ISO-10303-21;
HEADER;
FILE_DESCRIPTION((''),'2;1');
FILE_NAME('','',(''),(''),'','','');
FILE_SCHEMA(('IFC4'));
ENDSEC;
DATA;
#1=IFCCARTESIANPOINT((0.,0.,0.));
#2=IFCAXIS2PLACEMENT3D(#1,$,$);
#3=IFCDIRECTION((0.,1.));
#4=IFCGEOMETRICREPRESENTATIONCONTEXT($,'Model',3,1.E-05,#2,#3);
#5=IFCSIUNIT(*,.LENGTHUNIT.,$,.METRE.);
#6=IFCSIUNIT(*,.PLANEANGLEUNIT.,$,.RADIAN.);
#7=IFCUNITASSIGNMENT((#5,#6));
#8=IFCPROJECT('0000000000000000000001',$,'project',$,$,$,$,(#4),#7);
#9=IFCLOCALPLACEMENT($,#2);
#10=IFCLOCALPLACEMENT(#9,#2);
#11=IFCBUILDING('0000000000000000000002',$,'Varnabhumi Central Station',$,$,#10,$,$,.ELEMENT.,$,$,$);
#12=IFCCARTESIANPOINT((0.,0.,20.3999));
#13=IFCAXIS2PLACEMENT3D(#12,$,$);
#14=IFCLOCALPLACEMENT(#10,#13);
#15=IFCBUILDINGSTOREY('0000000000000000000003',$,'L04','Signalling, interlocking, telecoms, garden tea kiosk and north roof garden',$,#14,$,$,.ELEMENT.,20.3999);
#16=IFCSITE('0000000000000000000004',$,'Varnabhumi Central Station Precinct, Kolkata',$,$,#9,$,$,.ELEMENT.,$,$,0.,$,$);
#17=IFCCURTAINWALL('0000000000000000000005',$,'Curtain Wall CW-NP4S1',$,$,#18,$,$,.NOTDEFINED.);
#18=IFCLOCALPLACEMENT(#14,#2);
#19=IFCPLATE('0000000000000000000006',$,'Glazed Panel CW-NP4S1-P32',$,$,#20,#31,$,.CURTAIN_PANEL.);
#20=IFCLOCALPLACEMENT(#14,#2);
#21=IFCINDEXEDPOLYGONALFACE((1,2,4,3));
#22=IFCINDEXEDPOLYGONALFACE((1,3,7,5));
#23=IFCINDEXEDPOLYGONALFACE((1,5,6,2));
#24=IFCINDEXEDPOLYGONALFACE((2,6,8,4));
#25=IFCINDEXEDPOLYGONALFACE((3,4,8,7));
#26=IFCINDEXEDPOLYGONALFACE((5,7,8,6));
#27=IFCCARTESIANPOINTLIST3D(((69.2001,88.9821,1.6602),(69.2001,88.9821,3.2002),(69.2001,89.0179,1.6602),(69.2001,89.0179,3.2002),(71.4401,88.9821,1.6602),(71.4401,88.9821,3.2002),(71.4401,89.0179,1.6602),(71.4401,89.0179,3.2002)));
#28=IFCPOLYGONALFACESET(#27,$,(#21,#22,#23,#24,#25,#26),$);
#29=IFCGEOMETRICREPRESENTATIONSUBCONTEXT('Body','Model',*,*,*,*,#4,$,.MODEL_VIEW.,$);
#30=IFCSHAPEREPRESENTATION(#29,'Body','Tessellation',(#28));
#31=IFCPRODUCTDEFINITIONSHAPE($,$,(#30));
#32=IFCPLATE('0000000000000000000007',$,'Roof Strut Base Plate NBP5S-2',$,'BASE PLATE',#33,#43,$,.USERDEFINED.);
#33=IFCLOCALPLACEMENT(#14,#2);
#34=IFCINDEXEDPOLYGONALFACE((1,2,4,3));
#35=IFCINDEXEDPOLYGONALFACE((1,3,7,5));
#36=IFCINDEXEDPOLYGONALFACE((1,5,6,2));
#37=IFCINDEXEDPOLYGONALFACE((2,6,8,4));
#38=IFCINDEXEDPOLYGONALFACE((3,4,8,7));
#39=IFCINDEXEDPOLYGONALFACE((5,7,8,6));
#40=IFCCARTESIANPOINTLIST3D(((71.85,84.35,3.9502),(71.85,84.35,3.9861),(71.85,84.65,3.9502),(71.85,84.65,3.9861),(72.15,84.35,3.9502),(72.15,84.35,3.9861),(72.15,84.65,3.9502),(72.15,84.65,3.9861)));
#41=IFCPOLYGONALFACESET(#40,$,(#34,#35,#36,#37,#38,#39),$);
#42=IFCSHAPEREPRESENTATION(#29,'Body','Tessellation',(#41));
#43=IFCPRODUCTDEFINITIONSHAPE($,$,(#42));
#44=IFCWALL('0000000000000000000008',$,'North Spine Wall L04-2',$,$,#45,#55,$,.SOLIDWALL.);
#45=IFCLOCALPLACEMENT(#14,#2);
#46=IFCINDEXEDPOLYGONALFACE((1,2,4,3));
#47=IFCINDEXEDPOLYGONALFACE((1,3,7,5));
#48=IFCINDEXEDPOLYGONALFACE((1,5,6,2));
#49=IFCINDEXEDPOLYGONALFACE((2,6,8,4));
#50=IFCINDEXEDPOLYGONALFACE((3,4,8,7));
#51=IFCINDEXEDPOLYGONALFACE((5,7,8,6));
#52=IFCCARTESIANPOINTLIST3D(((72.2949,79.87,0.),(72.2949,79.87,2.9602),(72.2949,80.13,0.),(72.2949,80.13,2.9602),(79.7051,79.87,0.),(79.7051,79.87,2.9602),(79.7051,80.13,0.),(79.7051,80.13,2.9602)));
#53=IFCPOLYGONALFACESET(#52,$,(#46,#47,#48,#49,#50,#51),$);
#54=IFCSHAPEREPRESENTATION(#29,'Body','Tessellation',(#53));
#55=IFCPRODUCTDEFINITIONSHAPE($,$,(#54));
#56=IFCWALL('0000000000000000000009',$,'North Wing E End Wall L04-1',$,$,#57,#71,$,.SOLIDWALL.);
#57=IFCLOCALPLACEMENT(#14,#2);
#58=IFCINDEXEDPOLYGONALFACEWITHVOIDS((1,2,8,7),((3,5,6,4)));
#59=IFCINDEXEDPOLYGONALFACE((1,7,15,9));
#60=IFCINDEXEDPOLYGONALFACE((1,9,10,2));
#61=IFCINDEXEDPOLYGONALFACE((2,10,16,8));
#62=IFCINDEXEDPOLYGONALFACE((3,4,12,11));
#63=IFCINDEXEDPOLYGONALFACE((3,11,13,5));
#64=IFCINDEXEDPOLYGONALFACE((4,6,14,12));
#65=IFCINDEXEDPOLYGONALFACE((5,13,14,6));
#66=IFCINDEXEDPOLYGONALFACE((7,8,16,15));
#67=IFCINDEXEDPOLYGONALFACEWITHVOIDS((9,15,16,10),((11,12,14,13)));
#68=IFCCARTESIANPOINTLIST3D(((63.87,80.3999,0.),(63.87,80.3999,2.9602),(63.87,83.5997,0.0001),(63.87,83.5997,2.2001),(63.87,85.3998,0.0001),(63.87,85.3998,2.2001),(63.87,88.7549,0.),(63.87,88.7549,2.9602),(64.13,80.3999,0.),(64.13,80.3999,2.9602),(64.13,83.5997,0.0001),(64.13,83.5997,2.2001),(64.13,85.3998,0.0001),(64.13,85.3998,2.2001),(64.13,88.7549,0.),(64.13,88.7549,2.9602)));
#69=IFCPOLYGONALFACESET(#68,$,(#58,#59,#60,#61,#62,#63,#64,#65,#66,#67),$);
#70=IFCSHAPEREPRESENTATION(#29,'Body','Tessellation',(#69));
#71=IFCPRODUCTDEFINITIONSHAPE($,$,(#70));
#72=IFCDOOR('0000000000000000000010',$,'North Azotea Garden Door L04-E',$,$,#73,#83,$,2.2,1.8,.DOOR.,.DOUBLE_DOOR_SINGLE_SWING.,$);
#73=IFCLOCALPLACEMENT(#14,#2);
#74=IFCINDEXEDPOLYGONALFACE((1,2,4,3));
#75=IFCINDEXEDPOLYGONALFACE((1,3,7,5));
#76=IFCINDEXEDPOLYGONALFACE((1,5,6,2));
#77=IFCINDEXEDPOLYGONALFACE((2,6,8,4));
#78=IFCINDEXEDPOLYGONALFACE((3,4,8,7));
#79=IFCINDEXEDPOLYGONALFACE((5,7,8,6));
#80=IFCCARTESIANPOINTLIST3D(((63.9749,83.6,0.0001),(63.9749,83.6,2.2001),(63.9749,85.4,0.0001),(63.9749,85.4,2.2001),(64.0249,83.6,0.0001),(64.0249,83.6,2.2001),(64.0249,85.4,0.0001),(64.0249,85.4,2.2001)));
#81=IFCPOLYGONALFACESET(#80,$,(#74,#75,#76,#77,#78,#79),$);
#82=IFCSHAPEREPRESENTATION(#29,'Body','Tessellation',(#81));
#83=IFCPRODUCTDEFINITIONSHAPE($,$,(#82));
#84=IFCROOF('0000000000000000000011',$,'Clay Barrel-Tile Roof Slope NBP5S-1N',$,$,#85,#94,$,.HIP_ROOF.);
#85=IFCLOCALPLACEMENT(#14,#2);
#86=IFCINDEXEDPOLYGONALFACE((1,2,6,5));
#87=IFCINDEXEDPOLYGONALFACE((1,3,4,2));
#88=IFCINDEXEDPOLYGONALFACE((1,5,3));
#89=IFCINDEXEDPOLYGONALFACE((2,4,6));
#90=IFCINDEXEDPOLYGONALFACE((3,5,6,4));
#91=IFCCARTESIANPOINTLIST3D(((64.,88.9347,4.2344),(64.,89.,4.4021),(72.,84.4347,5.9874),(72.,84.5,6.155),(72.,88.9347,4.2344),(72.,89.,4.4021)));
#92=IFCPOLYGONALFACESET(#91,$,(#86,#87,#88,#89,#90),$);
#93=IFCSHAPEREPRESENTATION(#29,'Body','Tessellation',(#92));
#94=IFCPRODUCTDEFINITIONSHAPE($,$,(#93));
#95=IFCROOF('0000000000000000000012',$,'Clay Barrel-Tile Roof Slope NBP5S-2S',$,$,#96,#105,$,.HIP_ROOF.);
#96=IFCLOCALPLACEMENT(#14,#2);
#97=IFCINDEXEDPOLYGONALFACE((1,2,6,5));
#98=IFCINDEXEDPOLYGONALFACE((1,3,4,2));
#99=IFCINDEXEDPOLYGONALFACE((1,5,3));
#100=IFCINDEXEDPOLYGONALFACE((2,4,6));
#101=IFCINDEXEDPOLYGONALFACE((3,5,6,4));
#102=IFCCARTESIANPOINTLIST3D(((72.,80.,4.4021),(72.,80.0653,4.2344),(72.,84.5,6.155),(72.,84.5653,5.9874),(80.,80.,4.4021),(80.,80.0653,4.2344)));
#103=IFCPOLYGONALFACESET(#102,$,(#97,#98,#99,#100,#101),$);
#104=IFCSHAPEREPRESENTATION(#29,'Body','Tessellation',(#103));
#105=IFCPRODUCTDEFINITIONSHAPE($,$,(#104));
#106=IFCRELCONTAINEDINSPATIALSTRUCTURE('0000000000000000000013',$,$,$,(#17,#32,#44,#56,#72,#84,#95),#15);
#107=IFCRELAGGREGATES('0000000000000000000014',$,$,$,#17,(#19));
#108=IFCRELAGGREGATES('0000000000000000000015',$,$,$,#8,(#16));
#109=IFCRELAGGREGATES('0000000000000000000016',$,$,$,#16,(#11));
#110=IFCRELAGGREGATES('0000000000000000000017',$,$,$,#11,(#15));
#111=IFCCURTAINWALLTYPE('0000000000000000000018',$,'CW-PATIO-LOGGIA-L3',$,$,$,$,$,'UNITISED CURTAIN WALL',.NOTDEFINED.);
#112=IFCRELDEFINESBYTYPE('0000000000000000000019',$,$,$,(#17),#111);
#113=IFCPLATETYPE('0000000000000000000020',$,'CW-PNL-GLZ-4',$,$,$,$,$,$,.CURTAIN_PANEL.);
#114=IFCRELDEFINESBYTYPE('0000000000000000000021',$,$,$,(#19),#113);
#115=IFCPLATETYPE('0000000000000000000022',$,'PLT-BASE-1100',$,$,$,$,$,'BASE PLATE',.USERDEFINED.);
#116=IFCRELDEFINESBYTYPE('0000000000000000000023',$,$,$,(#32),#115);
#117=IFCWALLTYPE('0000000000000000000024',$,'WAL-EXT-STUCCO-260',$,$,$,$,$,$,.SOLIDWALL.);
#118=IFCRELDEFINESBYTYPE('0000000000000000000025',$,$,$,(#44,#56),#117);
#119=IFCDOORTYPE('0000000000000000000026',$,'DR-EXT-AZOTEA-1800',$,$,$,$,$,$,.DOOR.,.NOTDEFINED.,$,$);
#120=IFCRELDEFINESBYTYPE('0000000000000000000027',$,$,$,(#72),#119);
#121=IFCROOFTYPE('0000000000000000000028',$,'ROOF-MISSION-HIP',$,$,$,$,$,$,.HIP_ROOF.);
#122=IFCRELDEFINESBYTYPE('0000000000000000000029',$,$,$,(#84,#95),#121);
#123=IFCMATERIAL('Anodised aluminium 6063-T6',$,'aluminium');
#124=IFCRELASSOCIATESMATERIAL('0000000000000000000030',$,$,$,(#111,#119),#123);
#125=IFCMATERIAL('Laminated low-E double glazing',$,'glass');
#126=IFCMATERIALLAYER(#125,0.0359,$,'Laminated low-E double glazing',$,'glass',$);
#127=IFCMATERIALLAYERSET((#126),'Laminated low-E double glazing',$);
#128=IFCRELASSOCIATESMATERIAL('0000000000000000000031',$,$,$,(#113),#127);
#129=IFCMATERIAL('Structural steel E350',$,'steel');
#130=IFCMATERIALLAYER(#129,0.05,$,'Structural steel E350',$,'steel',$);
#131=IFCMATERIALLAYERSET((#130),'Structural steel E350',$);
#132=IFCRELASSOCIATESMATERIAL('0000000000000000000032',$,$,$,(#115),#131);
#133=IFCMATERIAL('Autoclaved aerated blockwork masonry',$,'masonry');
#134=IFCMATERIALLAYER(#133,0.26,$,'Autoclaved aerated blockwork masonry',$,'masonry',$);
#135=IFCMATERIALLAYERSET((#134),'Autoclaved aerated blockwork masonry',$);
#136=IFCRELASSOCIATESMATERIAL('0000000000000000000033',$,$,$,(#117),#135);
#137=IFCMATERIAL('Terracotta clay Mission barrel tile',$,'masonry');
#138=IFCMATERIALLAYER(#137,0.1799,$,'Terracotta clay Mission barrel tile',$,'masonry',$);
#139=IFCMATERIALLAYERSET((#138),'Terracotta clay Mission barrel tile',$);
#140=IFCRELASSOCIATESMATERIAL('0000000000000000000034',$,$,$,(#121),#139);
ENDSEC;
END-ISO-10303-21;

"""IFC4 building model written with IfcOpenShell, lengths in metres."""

from ifc_helpers import new_model, si_unit, direction, frame, frame_2d, origin, origin_2d, place, context, subcontext, project, spatial, polyline, rectangle, outline, extrude, material, layer, layer_set, type_object, element, fill, aggregate, save


model = new_model("IFC4")

# Units and contexts
model_context = context("Model", 3, precision=1e-05, world=origin(), true_north=direction((0.0, 1.0)))
body_context = subcontext(model_context, "Body", "Model", "MODEL_VIEW")
ifc_project = project(units=[si_unit("LENGTHUNIT", "METRE"), si_unit("PLANEANGLEUNIT", "RADIAN")], contexts=[model_context])

# Site, building, storey
site_placement = place(None, origin())
site = spatial("IfcSite", under=ifc_project, at=site_placement, Name="Varnabhumi Central Station Precinct, Kolkata", CompositionType="ELEMENT", RefElevation=0.0)
building_placement = place(site_placement, origin())
building = spatial("IfcBuilding", under=site, at=building_placement, Name="Varnabhumi Central Station", CompositionType="ELEMENT")
storey_placement = place(building_placement, frame((0.0, 0.0, 20.3999)))
storey = spatial("IfcBuildingStorey", under=building, at=storey_placement, Name="L04", Description="Signalling, interlocking, telecoms, garden tea kiosk and north roof garden", CompositionType="ELEMENT", Elevation=20.3999)

# Shared definitions
ifc_material_1 = material(Name="Structural steel E350", Category="steel")

# Curtain wall
ifc_material_2 = material(Name="Anodised aluminium 6063-T6", Category="aluminium")
curtain_wall_type = type_object("IfcCurtainWallType", Name="CW-PATIO-LOGGIA-L3", ElementType="UNITISED CURTAIN WALL", PredefinedType="NOTDEFINED", material=ifc_material_2)
curtain_wall_1_placement = place(storey_placement, origin())
curtain_wall_1 = element("IfcCurtainWall", 1, at=curtain_wall_1_placement, inside=storey, type_object=curtain_wall_type, Name="Curtain Wall CW-NP4S1", PredefinedType="NOTDEFINED")

# Plates
ifc_material_3 = material(Name="Laminated low-E double glazing", Category="glass")
ifc_layer_1 = layer(ifc_material_3, 0.0359, Name="Laminated low-E double glazing", Category="glass")
ifc_layer_set_1 = layer_set([ifc_layer_1], Name="Laminated low-E double glazing")
plate_type_1 = type_object("IfcPlateType", Name="CW-PNL-GLZ-4", PredefinedType="CURTAIN_PANEL", material=ifc_layer_set_1)
plate_1_placement = place(storey_placement, frame((70.3201, 89.0, 1.6602), z_axis=(0.0, 0.0, 1.0), x_axis=(1.0, 0.0, 0.0)))
plate_1 = element("IfcPlate", 2, at=plate_1_placement, type_object=plate_type_1, Name="Glazed Panel CW-NP4S1-P32", PredefinedType="CURTAIN_PANEL", context=body_context, shape_type="SweptSolid", body=[
    extrude(rectangle(XDim=2.24, YDim=0.0359, at=origin_2d()), origin(), (0.0, 0.0, 1.0), 1.54),
])
aggregate(curtain_wall_1, [plate_1])
ifc_layer_2 = layer(ifc_material_1, 0.05, Name="Structural steel E350", Category="steel")
ifc_layer_set_2 = layer_set([ifc_layer_2], Name="Structural steel E350")
plate_type_2 = type_object("IfcPlateType", Name="PLT-BASE-1100", ElementType="BASE PLATE", PredefinedType="USERDEFINED", material=ifc_layer_set_2)
plate_2_placement = place(storey_placement, frame((72.0, 84.5, 3.9502), z_axis=(0.0, 0.0, 1.0), x_axis=(1.0, 0.0, 0.0)))
element("IfcPlate", 3, at=plate_2_placement, inside=storey, type_object=plate_type_2, Name="Roof Strut Base Plate NBP5S-2", ObjectType="BASE PLATE", PredefinedType="USERDEFINED", context=body_context, shape_type="SweptSolid", body=[
    extrude(rectangle(XDim=0.3, YDim=0.3, at=origin_2d()), origin(), (0.0, 0.0, 1.0), 0.0359),
])

# Wall
ifc_material_4 = material(Name="Autoclaved aerated blockwork masonry", Category="masonry")
ifc_layer_3 = layer(ifc_material_4, 0.26, Name="Autoclaved aerated blockwork masonry", Category="masonry")
ifc_layer_set_3 = layer_set([ifc_layer_3], Name="Autoclaved aerated blockwork masonry")
wall_type = type_object("IfcWallType", Name="WAL-EXT-STUCCO-260", PredefinedType="SOLIDWALL", material=ifc_layer_set_3)
wall_1_placement = place(storey_placement, frame((72.2949, 80.0, 0.0), z_axis=(0.0, 0.0, 1.0), x_axis=(1.0, 0.0, 0.0)))
element("IfcWall", 4, at=wall_1_placement, inside=storey, type_object=wall_type, Name="North Spine Wall L04-2", PredefinedType="SOLIDWALL", context=body_context, shape_type="SweptSolid", body=[
    extrude(rectangle(XDim=7.4102, YDim=0.26, at=frame_2d((3.7051, 0.0))), origin(), (0.0, 0.0, 1.0), 2.9602),
])

# Wall, opening, door
wall_2_placement = place(storey_placement, frame((64.0, 80.3999, 0.0), z_axis=(0.0, 0.0, 1.0), x_axis=(0.0, 1.0, 0.0)))
wall_2 = element("IfcWall", 5, at=wall_2_placement, inside=storey, type_object=wall_type, Name="North Wing E End Wall L04-1", PredefinedType="SOLIDWALL", context=body_context, shape_type="SweptSolid", body=[
    extrude(rectangle(XDim=8.355, YDim=0.26, at=frame_2d((4.1775, 0.0))), origin(), (0.0, 0.0, 1.0), 2.9602),
])
opening_placement = place(wall_2_placement, frame((3.2, 0.0, 0.0)))
opening = element("IfcOpeningElement", 6, at=opening_placement, cuts=wall_2, PredefinedType="OPENING", context=body_context, shape_type="SweptSolid", body=[
    extrude(rectangle(XDim=1.8, YDim=2.2, at=frame_2d((0.8999, 1.1001))), frame((0.0, 0.1399, 0.0), z_axis=(0.0, -1.0, 0.0), x_axis=(1.0, 0.0, 0.0)), (0.0, 0.0, 1.0), 0.28),
])
door_type = type_object("IfcDoorType", Name="DR-EXT-AZOTEA-1800", OperationType="NOTDEFINED", PredefinedType="DOOR", material=ifc_material_2)
door_placement = place(opening_placement, frame((1.8, 0.0, 0.0), z_axis=(0.0, 0.0, 1.0), x_axis=(-1.0, 0.0, 0.0)))
door = element("IfcDoor", 7, at=door_placement, inside=storey, type_object=door_type, Name="North Azotea Garden Door L04-E", OperationType="DOUBLE_DOOR_SINGLE_SWING", OverallHeight=2.2, OverallWidth=1.8, PredefinedType="DOOR", context=body_context, shape_type="SweptSolid", body=[
    extrude(rectangle(XDim=1.8, YDim=2.2, at=frame_2d((0.8999, 1.1001))), frame((0.0, 0.0249, 0.0), z_axis=(0.0, -1.0, 0.0), x_axis=(1.0, 0.0, 0.0)), (0.0, 0.0, 1.0), 0.05),
])
fill(opening, door)

# Roofs
ifc_material_5 = material(Name="Terracotta clay Mission barrel tile", Category="masonry")
ifc_layer_4 = layer(ifc_material_5, 0.1799, Name="Terracotta clay Mission barrel tile", Category="masonry")
ifc_layer_set_4 = layer_set([ifc_layer_4], Name="Terracotta clay Mission barrel tile")
roof_type = type_object("IfcRoofType", Name="ROOF-MISSION-HIP", PredefinedType="HIP_ROOF", material=ifc_layer_set_4)
for number, where, z_axis, x_axis, name in (
    (8, (72.0, 89.0, 4.4021), (0.0, 0.362973, 0.9318), (-1.0, 0.0, 0.0), "Clay Barrel-Tile Roof Slope NBP5S-1N"),
    (9, (72.0, 80.0, 4.4021), (0.0, -0.362973, 0.9318), (1.0, 0.0, 0.0), "Clay Barrel-Tile Roof Slope NBP5S-2S"),
):
    element("IfcRoof", number, at=place(storey_placement, frame(where, z_axis=z_axis, x_axis=x_axis)), inside=storey, type_object=roof_type, Name=name, PredefinedType="HIP_ROOF", context=body_context, shape_type="SweptSolid", body=[
        extrude(outline(polyline([(0.0, 0.0), (8.0, 0.0), (0.0, 4.8294), (0.0, 0.0)])), origin(), (0.0, 0.0, -1.0), 0.1799),
    ])

save(model, "model.ifc")
